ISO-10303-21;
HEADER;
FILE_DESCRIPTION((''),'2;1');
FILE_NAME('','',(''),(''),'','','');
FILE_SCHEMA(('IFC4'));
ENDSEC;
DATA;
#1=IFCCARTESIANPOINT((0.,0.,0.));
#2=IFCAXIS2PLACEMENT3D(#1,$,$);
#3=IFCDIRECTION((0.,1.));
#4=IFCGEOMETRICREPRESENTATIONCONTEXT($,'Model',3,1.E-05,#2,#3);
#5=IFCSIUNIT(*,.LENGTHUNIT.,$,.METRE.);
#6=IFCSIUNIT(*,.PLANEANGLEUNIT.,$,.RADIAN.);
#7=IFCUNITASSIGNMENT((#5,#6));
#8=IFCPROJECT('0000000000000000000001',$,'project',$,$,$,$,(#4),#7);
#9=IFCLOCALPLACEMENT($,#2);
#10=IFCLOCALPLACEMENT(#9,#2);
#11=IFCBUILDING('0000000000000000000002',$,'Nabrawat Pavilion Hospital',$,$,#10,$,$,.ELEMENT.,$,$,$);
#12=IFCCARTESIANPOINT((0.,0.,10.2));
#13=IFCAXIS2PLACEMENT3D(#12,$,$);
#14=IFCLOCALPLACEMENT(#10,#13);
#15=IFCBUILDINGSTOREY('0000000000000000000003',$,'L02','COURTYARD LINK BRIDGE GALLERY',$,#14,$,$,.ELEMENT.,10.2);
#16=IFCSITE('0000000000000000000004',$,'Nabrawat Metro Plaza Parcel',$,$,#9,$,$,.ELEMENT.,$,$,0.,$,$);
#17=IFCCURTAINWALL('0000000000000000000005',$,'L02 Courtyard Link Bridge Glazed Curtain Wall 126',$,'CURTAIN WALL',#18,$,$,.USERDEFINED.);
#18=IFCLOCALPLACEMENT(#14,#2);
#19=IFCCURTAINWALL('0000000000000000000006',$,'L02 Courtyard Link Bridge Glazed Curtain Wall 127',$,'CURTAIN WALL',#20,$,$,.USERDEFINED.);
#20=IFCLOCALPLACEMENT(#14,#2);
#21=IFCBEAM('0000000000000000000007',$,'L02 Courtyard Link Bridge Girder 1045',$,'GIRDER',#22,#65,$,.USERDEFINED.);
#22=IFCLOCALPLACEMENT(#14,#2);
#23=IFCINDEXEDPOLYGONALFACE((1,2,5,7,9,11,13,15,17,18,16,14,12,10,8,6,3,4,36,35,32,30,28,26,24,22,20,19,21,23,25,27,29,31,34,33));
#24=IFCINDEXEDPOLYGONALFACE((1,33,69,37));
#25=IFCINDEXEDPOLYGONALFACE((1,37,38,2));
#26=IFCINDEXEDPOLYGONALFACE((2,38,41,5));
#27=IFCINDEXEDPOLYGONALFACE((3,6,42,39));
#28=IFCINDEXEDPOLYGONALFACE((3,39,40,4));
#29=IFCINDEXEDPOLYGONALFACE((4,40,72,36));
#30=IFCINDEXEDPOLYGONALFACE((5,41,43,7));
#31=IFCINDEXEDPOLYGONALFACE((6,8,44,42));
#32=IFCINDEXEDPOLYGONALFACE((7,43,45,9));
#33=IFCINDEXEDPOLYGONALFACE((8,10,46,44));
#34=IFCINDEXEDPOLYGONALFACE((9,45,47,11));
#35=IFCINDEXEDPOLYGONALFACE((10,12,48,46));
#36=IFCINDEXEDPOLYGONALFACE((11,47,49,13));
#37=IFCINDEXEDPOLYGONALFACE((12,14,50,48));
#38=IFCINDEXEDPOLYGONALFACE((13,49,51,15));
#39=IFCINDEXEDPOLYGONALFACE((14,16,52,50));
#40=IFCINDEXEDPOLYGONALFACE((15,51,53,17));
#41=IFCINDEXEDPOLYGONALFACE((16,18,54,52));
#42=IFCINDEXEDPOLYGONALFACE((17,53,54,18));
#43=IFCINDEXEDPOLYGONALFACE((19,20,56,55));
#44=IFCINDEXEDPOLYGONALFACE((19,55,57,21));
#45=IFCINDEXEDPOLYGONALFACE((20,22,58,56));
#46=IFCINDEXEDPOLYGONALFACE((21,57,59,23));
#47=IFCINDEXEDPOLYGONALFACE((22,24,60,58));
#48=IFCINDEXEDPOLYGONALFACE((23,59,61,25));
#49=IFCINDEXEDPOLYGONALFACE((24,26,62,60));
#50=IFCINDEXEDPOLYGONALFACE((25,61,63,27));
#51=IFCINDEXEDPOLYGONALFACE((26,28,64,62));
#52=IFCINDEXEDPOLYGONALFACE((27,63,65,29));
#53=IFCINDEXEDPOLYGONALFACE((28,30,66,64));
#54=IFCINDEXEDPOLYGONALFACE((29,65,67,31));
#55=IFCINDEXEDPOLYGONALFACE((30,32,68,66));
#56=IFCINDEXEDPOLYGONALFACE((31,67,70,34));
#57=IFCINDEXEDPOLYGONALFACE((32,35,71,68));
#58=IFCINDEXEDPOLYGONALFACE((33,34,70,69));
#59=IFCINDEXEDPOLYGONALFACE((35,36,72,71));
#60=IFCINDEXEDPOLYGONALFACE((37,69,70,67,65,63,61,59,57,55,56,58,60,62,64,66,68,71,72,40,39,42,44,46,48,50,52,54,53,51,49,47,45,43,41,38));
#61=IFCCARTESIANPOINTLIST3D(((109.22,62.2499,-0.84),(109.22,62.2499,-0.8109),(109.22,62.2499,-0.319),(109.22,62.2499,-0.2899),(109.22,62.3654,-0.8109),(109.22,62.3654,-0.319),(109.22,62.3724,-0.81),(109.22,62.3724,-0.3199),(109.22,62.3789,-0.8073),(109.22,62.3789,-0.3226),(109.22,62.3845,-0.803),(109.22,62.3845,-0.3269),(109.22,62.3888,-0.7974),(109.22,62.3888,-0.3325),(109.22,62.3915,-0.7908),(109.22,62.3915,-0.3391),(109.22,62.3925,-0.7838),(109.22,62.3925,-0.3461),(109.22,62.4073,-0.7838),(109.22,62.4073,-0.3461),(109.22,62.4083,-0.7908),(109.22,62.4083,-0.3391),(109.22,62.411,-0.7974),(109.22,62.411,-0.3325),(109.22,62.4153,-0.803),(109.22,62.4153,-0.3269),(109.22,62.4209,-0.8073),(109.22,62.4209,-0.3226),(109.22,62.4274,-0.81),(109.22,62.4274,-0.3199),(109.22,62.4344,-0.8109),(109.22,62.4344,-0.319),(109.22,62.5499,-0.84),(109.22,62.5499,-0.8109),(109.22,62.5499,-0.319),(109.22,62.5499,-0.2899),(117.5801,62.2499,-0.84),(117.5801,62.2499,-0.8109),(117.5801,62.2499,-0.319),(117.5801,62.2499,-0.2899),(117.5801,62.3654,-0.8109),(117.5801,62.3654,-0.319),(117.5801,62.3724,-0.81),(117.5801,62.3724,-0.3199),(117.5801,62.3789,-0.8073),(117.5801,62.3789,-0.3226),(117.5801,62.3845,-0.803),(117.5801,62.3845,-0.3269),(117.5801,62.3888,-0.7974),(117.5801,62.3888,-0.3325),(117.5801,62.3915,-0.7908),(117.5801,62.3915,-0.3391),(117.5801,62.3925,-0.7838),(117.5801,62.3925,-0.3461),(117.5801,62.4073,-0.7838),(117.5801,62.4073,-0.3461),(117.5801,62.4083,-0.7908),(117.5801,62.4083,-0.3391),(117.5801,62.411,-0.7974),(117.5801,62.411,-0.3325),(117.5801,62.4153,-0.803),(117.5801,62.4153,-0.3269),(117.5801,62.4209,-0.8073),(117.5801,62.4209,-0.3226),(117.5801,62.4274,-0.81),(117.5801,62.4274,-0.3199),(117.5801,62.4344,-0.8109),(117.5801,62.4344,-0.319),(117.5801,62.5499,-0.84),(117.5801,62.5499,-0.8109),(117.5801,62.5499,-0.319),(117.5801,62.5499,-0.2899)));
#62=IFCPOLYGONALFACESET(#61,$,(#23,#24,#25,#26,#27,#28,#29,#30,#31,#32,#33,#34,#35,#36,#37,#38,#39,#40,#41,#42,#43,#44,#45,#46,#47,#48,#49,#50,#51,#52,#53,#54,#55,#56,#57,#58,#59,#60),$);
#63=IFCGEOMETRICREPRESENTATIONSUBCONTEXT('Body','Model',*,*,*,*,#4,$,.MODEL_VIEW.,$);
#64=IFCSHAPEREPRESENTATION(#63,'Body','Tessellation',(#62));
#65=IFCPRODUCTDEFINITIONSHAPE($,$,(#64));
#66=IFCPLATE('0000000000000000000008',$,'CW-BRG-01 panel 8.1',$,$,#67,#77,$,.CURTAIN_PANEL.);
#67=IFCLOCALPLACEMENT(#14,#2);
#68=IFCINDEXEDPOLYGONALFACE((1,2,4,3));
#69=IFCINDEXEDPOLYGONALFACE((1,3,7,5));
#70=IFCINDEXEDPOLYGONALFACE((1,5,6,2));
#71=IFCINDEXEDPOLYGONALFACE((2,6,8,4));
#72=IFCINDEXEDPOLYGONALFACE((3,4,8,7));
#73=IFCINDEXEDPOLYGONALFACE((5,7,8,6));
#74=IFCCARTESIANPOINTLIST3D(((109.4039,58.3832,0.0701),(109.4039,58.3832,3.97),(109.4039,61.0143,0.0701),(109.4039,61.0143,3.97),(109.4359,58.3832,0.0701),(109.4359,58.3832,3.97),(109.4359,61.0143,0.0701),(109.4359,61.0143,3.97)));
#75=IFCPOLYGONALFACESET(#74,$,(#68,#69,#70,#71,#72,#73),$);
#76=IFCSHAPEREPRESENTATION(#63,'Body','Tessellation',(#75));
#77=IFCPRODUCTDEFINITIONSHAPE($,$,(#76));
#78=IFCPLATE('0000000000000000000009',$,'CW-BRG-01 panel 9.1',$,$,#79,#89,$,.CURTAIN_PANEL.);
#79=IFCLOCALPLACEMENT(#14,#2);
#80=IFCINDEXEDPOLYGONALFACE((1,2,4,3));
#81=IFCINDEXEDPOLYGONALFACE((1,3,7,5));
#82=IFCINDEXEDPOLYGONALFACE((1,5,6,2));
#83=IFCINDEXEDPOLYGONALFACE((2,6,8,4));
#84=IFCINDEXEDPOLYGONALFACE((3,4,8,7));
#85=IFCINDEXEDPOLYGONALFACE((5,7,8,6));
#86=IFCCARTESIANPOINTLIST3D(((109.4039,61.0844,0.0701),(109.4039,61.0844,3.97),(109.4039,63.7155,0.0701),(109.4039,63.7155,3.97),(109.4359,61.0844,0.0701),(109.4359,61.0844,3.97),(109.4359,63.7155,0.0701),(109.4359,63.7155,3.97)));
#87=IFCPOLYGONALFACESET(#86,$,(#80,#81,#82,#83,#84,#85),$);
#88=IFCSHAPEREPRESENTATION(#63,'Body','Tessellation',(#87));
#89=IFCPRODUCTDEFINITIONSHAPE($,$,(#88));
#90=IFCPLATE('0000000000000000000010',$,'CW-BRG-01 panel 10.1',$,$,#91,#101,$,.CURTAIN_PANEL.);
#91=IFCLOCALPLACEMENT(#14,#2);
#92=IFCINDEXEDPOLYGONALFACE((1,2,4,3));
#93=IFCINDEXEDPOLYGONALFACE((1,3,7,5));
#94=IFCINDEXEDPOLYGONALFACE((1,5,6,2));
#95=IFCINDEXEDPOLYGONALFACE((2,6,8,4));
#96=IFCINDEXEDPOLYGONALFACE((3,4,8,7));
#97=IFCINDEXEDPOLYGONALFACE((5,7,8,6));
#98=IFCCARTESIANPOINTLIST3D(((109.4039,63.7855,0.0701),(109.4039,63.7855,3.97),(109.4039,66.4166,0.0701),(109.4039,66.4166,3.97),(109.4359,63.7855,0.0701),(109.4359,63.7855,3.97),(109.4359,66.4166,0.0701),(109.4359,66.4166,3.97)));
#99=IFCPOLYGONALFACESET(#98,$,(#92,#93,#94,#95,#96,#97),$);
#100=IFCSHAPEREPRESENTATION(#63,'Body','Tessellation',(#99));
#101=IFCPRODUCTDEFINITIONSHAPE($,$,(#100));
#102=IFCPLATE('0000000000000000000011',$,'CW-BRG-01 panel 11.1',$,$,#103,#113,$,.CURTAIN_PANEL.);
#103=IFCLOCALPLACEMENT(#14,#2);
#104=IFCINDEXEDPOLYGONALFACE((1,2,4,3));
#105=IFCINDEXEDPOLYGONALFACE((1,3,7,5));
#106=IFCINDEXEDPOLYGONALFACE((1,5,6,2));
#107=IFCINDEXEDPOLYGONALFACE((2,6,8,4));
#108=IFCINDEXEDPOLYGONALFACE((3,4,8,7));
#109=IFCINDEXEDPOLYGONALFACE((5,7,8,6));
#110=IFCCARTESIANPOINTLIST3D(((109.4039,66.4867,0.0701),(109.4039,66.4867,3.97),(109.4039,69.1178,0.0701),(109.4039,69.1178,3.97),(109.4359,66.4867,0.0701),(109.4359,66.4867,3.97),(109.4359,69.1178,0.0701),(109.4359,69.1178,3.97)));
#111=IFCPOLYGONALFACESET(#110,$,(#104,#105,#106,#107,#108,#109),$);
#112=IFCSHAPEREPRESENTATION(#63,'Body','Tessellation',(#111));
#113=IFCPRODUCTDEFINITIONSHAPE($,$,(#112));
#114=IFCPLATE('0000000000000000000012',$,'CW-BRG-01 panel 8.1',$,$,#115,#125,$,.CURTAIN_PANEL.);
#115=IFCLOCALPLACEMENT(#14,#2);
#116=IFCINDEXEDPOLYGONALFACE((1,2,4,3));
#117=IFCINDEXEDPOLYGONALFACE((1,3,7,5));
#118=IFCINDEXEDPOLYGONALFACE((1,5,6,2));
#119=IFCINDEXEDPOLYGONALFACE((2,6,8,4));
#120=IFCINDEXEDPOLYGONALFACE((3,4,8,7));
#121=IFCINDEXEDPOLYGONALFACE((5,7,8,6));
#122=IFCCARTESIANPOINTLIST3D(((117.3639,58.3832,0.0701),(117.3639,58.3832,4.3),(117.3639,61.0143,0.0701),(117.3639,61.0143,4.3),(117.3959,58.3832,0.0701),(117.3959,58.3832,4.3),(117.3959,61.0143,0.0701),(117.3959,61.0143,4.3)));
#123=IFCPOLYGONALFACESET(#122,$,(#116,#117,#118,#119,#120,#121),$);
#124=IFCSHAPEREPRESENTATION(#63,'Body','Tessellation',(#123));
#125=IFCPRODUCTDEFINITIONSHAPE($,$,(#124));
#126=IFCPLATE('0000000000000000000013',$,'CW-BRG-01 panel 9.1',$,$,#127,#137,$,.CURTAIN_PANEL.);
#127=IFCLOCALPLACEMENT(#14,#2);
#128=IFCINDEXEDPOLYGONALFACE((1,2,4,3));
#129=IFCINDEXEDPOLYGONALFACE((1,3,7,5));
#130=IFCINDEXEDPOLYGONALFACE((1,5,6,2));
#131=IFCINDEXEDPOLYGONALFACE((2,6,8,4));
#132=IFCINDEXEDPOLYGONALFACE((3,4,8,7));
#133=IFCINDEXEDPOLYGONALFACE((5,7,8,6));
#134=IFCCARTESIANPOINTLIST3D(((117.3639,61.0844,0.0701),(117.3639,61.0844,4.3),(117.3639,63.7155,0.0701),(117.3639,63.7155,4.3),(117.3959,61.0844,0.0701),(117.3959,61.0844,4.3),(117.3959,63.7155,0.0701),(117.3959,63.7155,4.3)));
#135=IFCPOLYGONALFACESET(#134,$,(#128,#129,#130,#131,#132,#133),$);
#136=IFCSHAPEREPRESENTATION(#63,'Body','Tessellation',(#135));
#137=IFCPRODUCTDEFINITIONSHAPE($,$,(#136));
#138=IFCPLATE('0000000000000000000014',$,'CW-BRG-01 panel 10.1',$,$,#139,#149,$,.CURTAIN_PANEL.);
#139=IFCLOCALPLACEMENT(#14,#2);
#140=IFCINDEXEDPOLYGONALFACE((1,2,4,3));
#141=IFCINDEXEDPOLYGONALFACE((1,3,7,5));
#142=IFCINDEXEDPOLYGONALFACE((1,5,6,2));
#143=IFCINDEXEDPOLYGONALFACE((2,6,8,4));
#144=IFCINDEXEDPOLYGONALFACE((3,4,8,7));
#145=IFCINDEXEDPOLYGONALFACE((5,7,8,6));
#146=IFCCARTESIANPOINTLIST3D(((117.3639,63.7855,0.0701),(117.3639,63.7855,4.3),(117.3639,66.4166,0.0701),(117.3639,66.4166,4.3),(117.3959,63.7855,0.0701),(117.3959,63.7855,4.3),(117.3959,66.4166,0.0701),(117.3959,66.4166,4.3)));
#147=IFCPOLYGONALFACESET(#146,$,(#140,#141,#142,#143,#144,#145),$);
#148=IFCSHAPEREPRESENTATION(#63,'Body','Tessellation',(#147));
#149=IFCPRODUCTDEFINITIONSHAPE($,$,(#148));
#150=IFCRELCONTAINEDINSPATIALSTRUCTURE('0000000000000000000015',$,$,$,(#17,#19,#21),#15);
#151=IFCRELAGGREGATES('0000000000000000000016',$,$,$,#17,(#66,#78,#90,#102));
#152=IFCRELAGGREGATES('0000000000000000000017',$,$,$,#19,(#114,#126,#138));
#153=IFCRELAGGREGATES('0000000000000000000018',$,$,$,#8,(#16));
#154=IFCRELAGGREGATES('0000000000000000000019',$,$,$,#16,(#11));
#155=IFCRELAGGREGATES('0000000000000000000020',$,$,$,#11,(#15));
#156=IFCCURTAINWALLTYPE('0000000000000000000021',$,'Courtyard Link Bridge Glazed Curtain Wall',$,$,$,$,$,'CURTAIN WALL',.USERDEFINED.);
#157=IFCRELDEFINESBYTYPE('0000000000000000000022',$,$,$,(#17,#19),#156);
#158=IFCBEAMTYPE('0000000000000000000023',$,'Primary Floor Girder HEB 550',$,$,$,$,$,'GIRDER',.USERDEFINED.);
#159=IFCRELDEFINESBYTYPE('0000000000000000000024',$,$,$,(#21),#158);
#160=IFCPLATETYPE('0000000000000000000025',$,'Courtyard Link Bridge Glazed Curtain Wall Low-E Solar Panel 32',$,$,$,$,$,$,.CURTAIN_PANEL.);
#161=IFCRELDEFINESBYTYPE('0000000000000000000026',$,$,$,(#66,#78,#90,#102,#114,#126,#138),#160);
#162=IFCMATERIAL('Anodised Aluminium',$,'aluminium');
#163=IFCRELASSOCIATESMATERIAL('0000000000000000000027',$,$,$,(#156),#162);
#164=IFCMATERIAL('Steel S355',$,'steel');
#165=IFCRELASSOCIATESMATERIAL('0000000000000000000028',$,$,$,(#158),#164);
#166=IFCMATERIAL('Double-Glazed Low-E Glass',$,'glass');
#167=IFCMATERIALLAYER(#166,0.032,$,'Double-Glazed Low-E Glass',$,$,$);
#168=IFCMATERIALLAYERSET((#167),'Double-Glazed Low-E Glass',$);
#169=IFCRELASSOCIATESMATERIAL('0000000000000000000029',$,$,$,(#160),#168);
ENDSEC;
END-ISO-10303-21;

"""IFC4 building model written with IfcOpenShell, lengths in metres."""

from ifc_helpers import new_model, si_unit, direction, frame, origin, origin_2d, place, context, subcontext, project, spatial, rectangle, i_section, extrude, material, layer, layer_set, material_profile, profile_set, type_object, element, aggregate, save


model = new_model("IFC4")

# Units and contexts
model_context = context("Model", 3, precision=1e-05, world=origin(), true_north=direction((0.0, 1.0)))
body_context = subcontext(model_context, "Body", "Model", "MODEL_VIEW")
ifc_project = project(units=[si_unit("LENGTHUNIT", "METRE"), si_unit("PLANEANGLEUNIT", "RADIAN")], contexts=[model_context])

# Site, building, storey
site_placement = place(None, origin())
site = spatial("IfcSite", under=ifc_project, at=site_placement, Name="Nabrawat Metro Plaza Parcel", CompositionType="ELEMENT", RefElevation=0.0)
building_placement = place(site_placement, origin())
building = spatial("IfcBuilding", under=site, at=building_placement, Name="Nabrawat Pavilion Hospital", CompositionType="ELEMENT")
storey_placement = place(building_placement, frame((0.0, 0.0, 10.2)))
storey = spatial("IfcBuildingStorey", under=building, at=storey_placement, Name="L02", Description="COURTYARD LINK BRIDGE GALLERY", CompositionType="ELEMENT", Elevation=10.2)

# Shared definitions
ifc_material_1 = material(Name="Steel S355", Category="steel")

# Curtain walls
ifc_material_2 = material(Name="Anodised Aluminium", Category="aluminium")
curtain_wall_type = type_object("IfcCurtainWallType", Name="Courtyard Link Bridge Glazed Curtain Wall", ElementType="CURTAIN WALL", PredefinedType="USERDEFINED", material=ifc_material_2)
curtain_wall_1_placement = place(storey_placement, origin())
curtain_wall_1 = element("IfcCurtainWall", 1, at=curtain_wall_1_placement, inside=storey, type_object=curtain_wall_type, Name="L02 Courtyard Link Bridge Glazed Curtain Wall 126", ObjectType="CURTAIN WALL", PredefinedType="USERDEFINED")
curtain_wall_2_placement = place(storey_placement, origin())
curtain_wall_2 = element("IfcCurtainWall", 2, at=curtain_wall_2_placement, inside=storey, type_object=curtain_wall_type, Name="L02 Courtyard Link Bridge Glazed Curtain Wall 127", ObjectType="CURTAIN WALL", PredefinedType="USERDEFINED")

# Beam
ifc_material_profile_1 = material_profile(ifc_material_1, i_section(OverallWidth=0.3, OverallDepth=0.55, WebThickness=0.0149, FlangeThickness=0.0291, FilletRadius=0.0271, at=origin_2d()), Name="HEB 550")
ifc_profile_set_1 = profile_set([ifc_material_profile_1], Name="Steel S355")
beam_type_1 = type_object("IfcBeamType", Name="Primary Floor Girder HEB 550", ElementType="GIRDER", PredefinedType="USERDEFINED", material=ifc_profile_set_1)
beam_1_placement = place(storey_placement, frame((109.22, 62.3999, -0.5649), z_axis=(1.0, 0.0, 0.0), x_axis=(0.0, 1.0, 0.0)))
element("IfcBeam", 3, at=beam_1_placement, inside=storey, type_object=beam_type_1, Name="L02 Courtyard Link Bridge Girder 1045", ObjectType="GIRDER", PredefinedType="USERDEFINED", context=body_context, shape_type="SweptSolid", body=[
    extrude(i_section(OverallWidth=0.3, OverallDepth=0.55, WebThickness=0.0149, FlangeThickness=0.0291, FilletRadius=0.0271, at=origin_2d()), origin(), (0.0, 0.0, 1.0), 8.3601),
])

# Plates
ifc_material_3 = material(Name="Double-Glazed Low-E Glass", Category="glass")
ifc_layer = layer(ifc_material_3, 0.032, Name="Double-Glazed Low-E Glass")
ifc_layer_set = layer_set([ifc_layer], Name="Double-Glazed Low-E Glass")
plate_type = type_object("IfcPlateType", Name="Courtyard Link Bridge Glazed Curtain Wall Low-E Solar Panel 32", PredefinedType="CURTAIN_PANEL", material=ifc_layer_set)
plate_1_placement = place(storey_placement, frame((109.4199, 59.6987, 0.0701), z_axis=(0.0, 0.0, 1.0), x_axis=(0.0, 1.0, 0.0)))
plate_1 = element("IfcPlate", 4, at=plate_1_placement, type_object=plate_type, Name="CW-BRG-01 panel 8.1", PredefinedType="CURTAIN_PANEL", context=body_context, shape_type="SweptSolid", body=[
    extrude(rectangle(XDim=2.6311, YDim=0.032, at=origin_2d()), origin(), (0.0, 0.0, 1.0), 3.8999),
])
plate_2_placement = place(storey_placement, frame((109.4199, 62.3999, 0.0701), z_axis=(0.0, 0.0, 1.0), x_axis=(0.0, 1.0, 0.0)))
plate_2 = element("IfcPlate", 5, at=plate_2_placement, type_object=plate_type, Name="CW-BRG-01 panel 9.1", PredefinedType="CURTAIN_PANEL", context=body_context, shape_type="SweptSolid", body=[
    extrude(rectangle(XDim=2.6311, YDim=0.032, at=origin_2d()), origin(), (0.0, 0.0, 1.0), 3.8999),
])
plate_3_placement = place(storey_placement, frame((109.4199, 65.1011, 0.0701), z_axis=(0.0, 0.0, 1.0), x_axis=(0.0, 1.0, 0.0)))
plate_3 = element("IfcPlate", 6, at=plate_3_placement, type_object=plate_type, Name="CW-BRG-01 panel 10.1", PredefinedType="CURTAIN_PANEL", context=body_context, shape_type="SweptSolid", body=[
    extrude(rectangle(XDim=2.6311, YDim=0.032, at=origin_2d()), origin(), (0.0, 0.0, 1.0), 3.8999),
])
plate_4_placement = place(storey_placement, frame((109.4199, 67.8022, 0.0701), z_axis=(0.0, 0.0, 1.0), x_axis=(0.0, 1.0, 0.0)))
plate_4 = element("IfcPlate", 7, at=plate_4_placement, type_object=plate_type, Name="CW-BRG-01 panel 11.1", PredefinedType="CURTAIN_PANEL", context=body_context, shape_type="SweptSolid", body=[
    extrude(rectangle(XDim=2.6311, YDim=0.032, at=origin_2d()), origin(), (0.0, 0.0, 1.0), 3.8999),
])
aggregate(curtain_wall_1, [plate_1, plate_2, plate_3, plate_4])
plate_5_placement = place(storey_placement, frame((117.3799, 59.6987, 0.0701), z_axis=(0.0, 0.0, 1.0), x_axis=(0.0, 1.0, 0.0)))
plate_5 = element("IfcPlate", 8, at=plate_5_placement, type_object=plate_type, Name="CW-BRG-01 panel 8.1", PredefinedType="CURTAIN_PANEL", context=body_context, shape_type="SweptSolid", body=[
    extrude(rectangle(XDim=2.6311, YDim=0.032, at=origin_2d()), origin(), (0.0, 0.0, 1.0), 4.23),
])
plate_6_placement = place(storey_placement, frame((117.3799, 62.3999, 0.0701), z_axis=(0.0, 0.0, 1.0), x_axis=(0.0, 1.0, 0.0)))
plate_6 = element("IfcPlate", 9, at=plate_6_placement, type_object=plate_type, Name="CW-BRG-01 panel 9.1", PredefinedType="CURTAIN_PANEL", context=body_context, shape_type="SweptSolid", body=[
    extrude(rectangle(XDim=2.6311, YDim=0.032, at=origin_2d()), origin(), (0.0, 0.0, 1.0), 4.23),
])
plate_7_placement = place(storey_placement, frame((117.3799, 65.1011, 0.0701), z_axis=(0.0, 0.0, 1.0), x_axis=(0.0, 1.0, 0.0)))
plate_7 = element("IfcPlate", 10, at=plate_7_placement, type_object=plate_type, Name="CW-BRG-01 panel 10.1", PredefinedType="CURTAIN_PANEL", context=body_context, shape_type="SweptSolid", body=[
    extrude(rectangle(XDim=2.6311, YDim=0.032, at=origin_2d()), origin(), (0.0, 0.0, 1.0), 4.23),
])
aggregate(curtain_wall_2, [plate_5, plate_6, plate_7])

save(model, "model.ifc")
